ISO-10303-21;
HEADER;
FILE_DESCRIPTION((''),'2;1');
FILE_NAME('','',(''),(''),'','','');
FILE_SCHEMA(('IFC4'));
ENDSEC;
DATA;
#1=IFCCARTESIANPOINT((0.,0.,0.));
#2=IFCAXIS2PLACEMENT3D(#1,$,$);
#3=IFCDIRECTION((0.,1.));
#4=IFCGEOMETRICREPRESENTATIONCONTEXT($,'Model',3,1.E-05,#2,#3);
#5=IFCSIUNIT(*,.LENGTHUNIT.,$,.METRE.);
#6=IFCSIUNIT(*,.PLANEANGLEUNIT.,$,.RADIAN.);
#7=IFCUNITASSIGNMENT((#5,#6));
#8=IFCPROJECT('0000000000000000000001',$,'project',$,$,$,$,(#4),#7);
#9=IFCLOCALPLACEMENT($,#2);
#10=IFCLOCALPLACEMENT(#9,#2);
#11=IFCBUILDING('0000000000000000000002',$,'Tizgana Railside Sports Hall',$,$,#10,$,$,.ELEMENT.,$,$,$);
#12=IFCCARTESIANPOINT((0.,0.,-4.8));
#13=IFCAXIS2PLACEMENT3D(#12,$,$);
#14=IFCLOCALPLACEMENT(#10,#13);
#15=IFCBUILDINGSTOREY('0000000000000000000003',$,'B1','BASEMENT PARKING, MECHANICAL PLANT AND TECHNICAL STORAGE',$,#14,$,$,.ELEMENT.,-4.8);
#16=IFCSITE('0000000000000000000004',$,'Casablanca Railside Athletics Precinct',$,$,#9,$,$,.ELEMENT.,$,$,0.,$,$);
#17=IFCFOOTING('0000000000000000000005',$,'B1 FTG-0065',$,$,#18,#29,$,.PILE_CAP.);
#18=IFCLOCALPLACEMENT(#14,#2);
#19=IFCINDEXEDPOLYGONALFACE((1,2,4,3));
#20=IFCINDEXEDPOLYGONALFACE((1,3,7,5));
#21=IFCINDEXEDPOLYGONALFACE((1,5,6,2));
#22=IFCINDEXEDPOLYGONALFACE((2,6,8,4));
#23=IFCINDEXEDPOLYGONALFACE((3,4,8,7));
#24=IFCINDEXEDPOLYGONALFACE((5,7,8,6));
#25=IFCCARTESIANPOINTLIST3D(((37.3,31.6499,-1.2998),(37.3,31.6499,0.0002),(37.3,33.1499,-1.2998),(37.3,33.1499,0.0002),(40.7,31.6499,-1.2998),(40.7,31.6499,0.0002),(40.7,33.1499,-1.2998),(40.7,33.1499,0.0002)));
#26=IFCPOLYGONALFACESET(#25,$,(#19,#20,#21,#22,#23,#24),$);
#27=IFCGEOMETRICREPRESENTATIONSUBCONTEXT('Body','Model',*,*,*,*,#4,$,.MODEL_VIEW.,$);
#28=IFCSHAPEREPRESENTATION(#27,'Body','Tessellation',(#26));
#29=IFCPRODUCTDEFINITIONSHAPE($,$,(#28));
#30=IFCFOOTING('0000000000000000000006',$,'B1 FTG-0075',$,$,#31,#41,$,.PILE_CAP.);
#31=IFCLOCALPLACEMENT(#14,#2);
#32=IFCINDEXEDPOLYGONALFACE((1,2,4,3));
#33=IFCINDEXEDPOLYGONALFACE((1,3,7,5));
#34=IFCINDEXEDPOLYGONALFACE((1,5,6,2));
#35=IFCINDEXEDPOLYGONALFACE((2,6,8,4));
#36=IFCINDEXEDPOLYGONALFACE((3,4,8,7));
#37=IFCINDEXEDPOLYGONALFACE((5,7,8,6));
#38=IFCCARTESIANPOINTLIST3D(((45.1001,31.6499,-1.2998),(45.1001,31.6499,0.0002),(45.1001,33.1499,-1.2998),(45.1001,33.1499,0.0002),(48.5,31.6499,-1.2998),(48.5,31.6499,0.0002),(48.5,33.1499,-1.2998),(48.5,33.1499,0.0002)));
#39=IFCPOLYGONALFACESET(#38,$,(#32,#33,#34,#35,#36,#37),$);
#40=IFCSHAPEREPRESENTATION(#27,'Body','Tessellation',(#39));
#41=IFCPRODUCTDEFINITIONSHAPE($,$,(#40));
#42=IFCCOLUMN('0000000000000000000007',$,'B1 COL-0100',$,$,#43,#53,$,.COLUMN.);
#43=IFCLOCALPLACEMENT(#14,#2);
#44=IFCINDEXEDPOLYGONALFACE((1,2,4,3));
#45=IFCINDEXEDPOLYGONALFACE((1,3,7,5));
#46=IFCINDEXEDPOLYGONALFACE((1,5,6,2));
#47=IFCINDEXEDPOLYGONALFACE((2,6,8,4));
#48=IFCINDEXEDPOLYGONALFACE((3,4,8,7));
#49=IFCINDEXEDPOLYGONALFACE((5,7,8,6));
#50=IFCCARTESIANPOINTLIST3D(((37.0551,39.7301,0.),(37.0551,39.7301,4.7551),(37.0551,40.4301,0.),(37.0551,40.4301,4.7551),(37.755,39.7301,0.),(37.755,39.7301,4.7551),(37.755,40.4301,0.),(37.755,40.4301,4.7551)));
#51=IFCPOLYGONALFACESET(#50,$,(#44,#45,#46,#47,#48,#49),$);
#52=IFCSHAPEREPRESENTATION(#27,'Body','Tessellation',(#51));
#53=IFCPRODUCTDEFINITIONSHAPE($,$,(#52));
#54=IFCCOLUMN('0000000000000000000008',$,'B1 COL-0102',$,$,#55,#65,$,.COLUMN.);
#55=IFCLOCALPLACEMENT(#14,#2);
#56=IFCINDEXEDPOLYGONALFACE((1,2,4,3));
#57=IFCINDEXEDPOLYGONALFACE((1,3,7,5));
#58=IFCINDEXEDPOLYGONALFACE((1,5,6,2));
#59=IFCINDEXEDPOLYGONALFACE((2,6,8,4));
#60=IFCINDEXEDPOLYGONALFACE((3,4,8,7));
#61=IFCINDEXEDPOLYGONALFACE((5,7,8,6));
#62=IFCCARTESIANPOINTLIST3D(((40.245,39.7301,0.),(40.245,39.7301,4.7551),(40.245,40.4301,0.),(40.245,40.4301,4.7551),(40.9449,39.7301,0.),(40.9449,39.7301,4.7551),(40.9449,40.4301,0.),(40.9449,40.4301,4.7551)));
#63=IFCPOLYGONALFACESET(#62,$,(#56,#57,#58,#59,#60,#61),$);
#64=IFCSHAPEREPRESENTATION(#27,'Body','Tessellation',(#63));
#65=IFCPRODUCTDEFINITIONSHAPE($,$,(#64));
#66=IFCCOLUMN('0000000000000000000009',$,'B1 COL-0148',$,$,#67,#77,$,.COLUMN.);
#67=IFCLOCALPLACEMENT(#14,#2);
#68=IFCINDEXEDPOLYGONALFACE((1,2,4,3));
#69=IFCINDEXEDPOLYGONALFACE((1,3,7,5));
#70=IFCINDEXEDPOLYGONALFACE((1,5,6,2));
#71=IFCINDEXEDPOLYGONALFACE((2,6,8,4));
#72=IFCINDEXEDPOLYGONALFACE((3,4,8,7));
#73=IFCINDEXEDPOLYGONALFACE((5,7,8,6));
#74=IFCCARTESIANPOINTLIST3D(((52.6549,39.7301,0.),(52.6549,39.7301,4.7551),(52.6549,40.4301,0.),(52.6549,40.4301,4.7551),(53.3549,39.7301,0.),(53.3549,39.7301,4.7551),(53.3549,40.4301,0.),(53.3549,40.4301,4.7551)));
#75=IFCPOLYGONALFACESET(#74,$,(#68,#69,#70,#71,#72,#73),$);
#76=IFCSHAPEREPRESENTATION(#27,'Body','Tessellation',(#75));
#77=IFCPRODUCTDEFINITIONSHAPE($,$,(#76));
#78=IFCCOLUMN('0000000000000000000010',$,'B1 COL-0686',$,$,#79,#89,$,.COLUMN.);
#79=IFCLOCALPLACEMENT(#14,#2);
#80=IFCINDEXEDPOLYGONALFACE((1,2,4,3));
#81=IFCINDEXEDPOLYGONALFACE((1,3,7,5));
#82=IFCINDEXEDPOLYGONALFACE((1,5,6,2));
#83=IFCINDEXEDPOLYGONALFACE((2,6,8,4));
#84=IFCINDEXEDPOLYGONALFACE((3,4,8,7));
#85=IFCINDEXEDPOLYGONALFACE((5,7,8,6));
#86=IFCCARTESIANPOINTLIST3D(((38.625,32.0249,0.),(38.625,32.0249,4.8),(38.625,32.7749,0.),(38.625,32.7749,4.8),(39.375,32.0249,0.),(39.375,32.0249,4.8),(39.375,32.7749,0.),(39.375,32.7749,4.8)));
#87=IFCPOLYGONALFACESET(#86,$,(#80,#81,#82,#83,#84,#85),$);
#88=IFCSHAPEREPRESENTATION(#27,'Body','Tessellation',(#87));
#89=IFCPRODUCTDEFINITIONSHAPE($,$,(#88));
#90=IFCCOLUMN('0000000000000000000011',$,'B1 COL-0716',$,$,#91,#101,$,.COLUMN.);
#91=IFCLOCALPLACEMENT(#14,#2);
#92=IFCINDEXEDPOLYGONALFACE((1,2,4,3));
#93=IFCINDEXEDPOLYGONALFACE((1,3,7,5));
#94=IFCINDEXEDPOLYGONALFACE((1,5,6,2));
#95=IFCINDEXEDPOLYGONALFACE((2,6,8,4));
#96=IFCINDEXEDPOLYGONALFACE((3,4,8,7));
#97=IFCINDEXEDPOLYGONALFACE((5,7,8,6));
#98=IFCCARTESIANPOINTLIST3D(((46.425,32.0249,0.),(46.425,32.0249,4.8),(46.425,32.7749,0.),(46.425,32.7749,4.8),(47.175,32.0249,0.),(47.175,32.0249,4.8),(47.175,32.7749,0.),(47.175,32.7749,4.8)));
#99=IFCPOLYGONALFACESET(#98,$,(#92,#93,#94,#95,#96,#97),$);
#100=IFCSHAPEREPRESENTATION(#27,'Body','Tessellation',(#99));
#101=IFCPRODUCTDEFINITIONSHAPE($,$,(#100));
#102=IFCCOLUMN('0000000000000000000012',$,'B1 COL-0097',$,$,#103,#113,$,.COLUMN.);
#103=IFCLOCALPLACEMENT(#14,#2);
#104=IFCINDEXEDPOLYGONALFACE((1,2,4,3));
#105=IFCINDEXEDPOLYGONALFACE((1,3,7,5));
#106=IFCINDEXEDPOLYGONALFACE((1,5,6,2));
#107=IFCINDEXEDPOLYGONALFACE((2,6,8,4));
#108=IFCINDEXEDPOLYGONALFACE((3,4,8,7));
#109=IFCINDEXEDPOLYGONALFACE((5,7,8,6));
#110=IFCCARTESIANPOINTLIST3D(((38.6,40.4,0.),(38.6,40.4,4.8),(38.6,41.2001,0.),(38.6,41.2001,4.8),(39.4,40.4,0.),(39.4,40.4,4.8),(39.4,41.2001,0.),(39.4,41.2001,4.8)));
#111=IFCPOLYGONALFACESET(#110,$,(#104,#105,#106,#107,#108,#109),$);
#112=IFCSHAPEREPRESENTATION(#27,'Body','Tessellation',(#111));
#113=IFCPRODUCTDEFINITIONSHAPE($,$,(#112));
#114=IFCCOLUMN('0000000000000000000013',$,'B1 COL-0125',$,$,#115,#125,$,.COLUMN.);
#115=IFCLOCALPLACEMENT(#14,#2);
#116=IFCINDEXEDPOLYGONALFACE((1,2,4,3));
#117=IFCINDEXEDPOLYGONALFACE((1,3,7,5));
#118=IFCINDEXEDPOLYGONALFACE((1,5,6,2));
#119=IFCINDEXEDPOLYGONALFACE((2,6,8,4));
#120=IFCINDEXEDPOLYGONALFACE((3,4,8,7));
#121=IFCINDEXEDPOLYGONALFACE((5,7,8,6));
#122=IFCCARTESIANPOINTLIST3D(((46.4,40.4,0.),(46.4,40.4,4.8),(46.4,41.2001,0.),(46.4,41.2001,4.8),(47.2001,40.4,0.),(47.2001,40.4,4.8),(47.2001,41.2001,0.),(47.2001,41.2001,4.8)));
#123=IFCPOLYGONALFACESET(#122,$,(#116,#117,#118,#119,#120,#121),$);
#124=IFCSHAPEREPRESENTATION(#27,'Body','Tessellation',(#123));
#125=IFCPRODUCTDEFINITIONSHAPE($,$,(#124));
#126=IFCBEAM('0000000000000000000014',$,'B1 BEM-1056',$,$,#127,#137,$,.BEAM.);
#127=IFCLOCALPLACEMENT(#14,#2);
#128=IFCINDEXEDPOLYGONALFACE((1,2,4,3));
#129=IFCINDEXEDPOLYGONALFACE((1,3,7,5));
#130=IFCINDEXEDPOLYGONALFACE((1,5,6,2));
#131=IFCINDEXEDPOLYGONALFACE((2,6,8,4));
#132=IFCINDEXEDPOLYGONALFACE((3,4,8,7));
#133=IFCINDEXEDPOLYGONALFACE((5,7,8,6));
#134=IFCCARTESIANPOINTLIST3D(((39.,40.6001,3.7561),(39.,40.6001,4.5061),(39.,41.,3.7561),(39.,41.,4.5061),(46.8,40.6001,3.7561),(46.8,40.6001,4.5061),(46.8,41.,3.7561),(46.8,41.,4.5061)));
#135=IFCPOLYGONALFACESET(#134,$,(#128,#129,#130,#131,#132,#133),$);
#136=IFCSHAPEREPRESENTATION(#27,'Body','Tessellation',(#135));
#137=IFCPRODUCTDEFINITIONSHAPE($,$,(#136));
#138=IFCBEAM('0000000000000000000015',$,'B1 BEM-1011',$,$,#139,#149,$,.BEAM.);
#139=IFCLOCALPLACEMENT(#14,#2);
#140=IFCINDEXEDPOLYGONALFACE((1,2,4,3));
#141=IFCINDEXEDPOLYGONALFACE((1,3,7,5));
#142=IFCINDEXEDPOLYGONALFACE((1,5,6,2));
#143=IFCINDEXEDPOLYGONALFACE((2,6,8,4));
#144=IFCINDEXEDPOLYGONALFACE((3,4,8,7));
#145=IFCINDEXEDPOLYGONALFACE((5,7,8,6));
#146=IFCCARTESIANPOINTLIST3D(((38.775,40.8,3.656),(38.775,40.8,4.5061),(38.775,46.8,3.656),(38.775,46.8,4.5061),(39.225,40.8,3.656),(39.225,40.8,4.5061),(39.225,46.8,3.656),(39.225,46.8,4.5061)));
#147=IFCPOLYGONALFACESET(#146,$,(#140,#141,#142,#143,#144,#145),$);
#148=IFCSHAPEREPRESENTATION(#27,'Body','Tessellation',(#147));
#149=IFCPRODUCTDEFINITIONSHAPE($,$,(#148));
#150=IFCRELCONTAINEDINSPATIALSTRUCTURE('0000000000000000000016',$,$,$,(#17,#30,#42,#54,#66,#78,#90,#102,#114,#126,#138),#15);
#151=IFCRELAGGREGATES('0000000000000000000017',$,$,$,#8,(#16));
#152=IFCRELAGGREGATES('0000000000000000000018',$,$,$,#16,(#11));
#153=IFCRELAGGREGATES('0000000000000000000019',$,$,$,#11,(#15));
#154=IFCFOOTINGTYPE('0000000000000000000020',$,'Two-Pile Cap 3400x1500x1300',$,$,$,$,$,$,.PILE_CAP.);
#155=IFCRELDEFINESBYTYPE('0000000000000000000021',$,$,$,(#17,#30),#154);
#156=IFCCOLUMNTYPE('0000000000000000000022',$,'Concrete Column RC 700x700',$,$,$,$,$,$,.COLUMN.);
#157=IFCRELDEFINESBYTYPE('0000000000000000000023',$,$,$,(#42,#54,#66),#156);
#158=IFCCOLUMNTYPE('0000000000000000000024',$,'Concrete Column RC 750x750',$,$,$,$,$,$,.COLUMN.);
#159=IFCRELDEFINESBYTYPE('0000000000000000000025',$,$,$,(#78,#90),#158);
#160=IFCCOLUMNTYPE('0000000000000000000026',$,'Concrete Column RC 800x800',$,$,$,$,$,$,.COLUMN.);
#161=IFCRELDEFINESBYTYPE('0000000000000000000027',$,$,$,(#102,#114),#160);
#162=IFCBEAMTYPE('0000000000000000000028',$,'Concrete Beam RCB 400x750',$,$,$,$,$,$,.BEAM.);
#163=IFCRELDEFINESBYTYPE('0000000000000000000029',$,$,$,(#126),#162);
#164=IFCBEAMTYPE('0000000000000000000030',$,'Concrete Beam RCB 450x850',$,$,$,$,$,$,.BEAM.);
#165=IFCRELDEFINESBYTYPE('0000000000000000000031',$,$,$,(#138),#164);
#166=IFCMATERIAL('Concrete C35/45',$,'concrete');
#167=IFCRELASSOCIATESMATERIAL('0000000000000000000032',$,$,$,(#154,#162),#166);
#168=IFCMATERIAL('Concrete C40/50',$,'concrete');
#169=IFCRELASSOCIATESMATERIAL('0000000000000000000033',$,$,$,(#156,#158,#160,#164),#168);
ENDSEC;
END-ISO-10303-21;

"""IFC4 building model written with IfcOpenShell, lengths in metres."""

from ifc_helpers import new_model, si_unit, direction, frame, origin, origin_2d, place, context, subcontext, project, spatial, rectangle, extrude, material, material_profile, profile_set, type_object, element, save


model = new_model("IFC4")

# Units and contexts
model_context = context("Model", 3, precision=1e-05, world=origin(), true_north=direction((0.0, 1.0)))
body_context = subcontext(model_context, "Body", "Model", "MODEL_VIEW")
ifc_project = project(units=[si_unit("LENGTHUNIT", "METRE"), si_unit("PLANEANGLEUNIT", "RADIAN")], contexts=[model_context])

# Site, building, storey
site_placement = place(None, origin())
site = spatial("IfcSite", under=ifc_project, at=site_placement, Name="Casablanca Railside Athletics Precinct", CompositionType="ELEMENT", RefElevation=0.0)
building_placement = place(site_placement, origin())
building = spatial("IfcBuilding", under=site, at=building_placement, Name="Tizgana Railside Sports Hall", CompositionType="ELEMENT")
storey_placement = place(building_placement, frame((0.0, 0.0, -4.8)))
storey = spatial("IfcBuildingStorey", under=building, at=storey_placement, Name="B1", Description="BASEMENT PARKING, MECHANICAL PLANT AND TECHNICAL STORAGE", CompositionType="ELEMENT", Elevation=-4.8)

# Shared definitions
ifc_material_1 = material(Name="Concrete C35/45", Category="concrete")

# Footings
footing_type_1 = type_object("IfcFootingType", Name="Two-Pile Cap 3400x1500x1300", PredefinedType="PILE_CAP", material=ifc_material_1)
for number, where, z_axis, x_axis, name in (
    (1, (39.0, 32.3999, -1.2998), (0.0, 0.0, 1.0), (1.0, 0.0, 0.0), "B1 FTG-0065"),
    (2, (46.8, 32.3999, -1.2998), (0.0, 0.0, 1.0), (1.0, 0.0, 0.0), "B1 FTG-0075"),
):
    element("IfcFooting", number, at=place(storey_placement, frame(where, z_axis=z_axis, x_axis=x_axis)), inside=storey, type_object=footing_type_1, Name=name, PredefinedType="PILE_CAP", context=body_context, shape_type="SweptSolid", body=[
        extrude(rectangle(XDim=3.3999, YDim=1.5, at=origin_2d()), origin(), (0.0, 0.0, 1.0), 1.3),
    ])

# Columns
ifc_material_2 = material(Name="Concrete C40/50", Category="concrete")
ifc_material_profile_1 = material_profile(ifc_material_2, rectangle(XDim=0.7, YDim=0.7, at=origin_2d()), Name="RC 700x700")
ifc_profile_set_1 = profile_set([ifc_material_profile_1], Name="Concrete C40/50")
column_type_1 = type_object("IfcColumnType", Name="Concrete Column RC 700x700", PredefinedType="COLUMN", material=ifc_profile_set_1)
for number, where, z_axis, x_axis, name in (
    (3, (37.405, 40.0801, 0.0), (0.0, 0.0, 1.0), (1.0, 0.0, 0.0), "B1 COL-0100"),
    (4, (40.595, 40.0801, 0.0), (0.0, 0.0, 1.0), (1.0, 0.0, 0.0), "B1 COL-0102"),
    (5, (53.0049, 40.0801, 0.0), (0.0, 0.0, 1.0), (1.0, 0.0, 0.0), "B1 COL-0148"),
):
    element("IfcColumn", number, at=place(storey_placement, frame(where, z_axis=z_axis, x_axis=x_axis)), inside=storey, type_object=column_type_1, Name=name, PredefinedType="COLUMN", context=body_context, shape_type="SweptSolid", body=[
        extrude(rectangle(XDim=0.7, YDim=0.7, at=origin_2d()), origin(), (0.0, 0.0, 1.0), 4.7551),
    ])
ifc_material_profile_2 = material_profile(ifc_material_2, rectangle(XDim=0.75, YDim=0.75, at=origin_2d()), Name="RC 750x750")
ifc_profile_set_2 = profile_set([ifc_material_profile_2], Name="Concrete C40/50")
column_type_2 = type_object("IfcColumnType", Name="Concrete Column RC 750x750", PredefinedType="COLUMN", material=ifc_profile_set_2)
for number, where, z_axis, x_axis, name in (
    (6, (39.0, 32.3999, 0.0), (0.0, 0.0, 1.0), (1.0, 0.0, 0.0), "B1 COL-0686"),
    (7, (46.8, 32.3999, 0.0), (0.0, 0.0, 1.0), (1.0, 0.0, 0.0), "B1 COL-0716"),
):
    element("IfcColumn", number, at=place(storey_placement, frame(where, z_axis=z_axis, x_axis=x_axis)), inside=storey, type_object=column_type_2, Name=name, PredefinedType="COLUMN", context=body_context, shape_type="SweptSolid", body=[
        extrude(rectangle(XDim=0.75, YDim=0.75, at=origin_2d()), origin(), (0.0, 0.0, 1.0), 4.8),
    ])
ifc_material_profile_3 = material_profile(ifc_material_2, rectangle(XDim=0.8, YDim=0.8, at=origin_2d()), Name="RC 800x800")
ifc_profile_set_3 = profile_set([ifc_material_profile_3], Name="Concrete C40/50")
column_type_3 = type_object("IfcColumnType", Name="Concrete Column RC 800x800", PredefinedType="COLUMN", material=ifc_profile_set_3)
for number, where, z_axis, x_axis, name in (
    (8, (39.0, 40.8, 0.0), (0.0, 0.0, 1.0), (1.0, 0.0, 0.0), "B1 COL-0097"),
    (9, (46.8, 40.8, 0.0), (0.0, 0.0, 1.0), (1.0, 0.0, 0.0), "B1 COL-0125"),
):
    element("IfcColumn", number, at=place(storey_placement, frame(where, z_axis=z_axis, x_axis=x_axis)), inside=storey, type_object=column_type_3, Name=name, PredefinedType="COLUMN", context=body_context, shape_type="SweptSolid", body=[
        extrude(rectangle(XDim=0.8, YDim=0.8, at=origin_2d()), origin(), (0.0, 0.0, 1.0), 4.8),
    ])

# Beams
ifc_material_profile_4 = material_profile(ifc_material_1, rectangle(XDim=0.3999, YDim=0.75, at=origin_2d()), Name="RCB 400x750")
ifc_profile_set_4 = profile_set([ifc_material_profile_4], Name="Concrete C35/45")
beam_type_1 = type_object("IfcBeamType", Name="Concrete Beam RCB 400x750", PredefinedType="BEAM", material=ifc_profile_set_4)
beam_1_placement = place(storey_placement, frame((39.0, 40.8, 4.1311), z_axis=(1.0, 0.0, 0.0), x_axis=(0.0, 1.0, 0.0)))
element("IfcBeam", 10, at=beam_1_placement, inside=storey, type_object=beam_type_1, Name="B1 BEM-1056", PredefinedType="BEAM", context=body_context, shape_type="SweptSolid", body=[
    extrude(rectangle(XDim=0.3999, YDim=0.75, at=origin_2d()), origin(), (0.0, 0.0, 1.0), 7.8),
])
ifc_material_profile_5 = material_profile(ifc_material_2, rectangle(XDim=0.45, YDim=0.8501, at=origin_2d()), Name="RCB 450x850")
ifc_profile_set_5 = profile_set([ifc_material_profile_5], Name="Concrete C40/50")
beam_type_2 = type_object("IfcBeamType", Name="Concrete Beam RCB 450x850", PredefinedType="BEAM", material=ifc_profile_set_5)
beam_2_placement = place(storey_placement, frame((39.0, 40.8, 4.0811), z_axis=(0.0, 1.0, 0.0), x_axis=(-1.0, 0.0, 0.0)))
element("IfcBeam", 11, at=beam_2_placement, inside=storey, type_object=beam_type_2, Name="B1 BEM-1011", PredefinedType="BEAM", context=body_context, shape_type="SweptSolid", body=[
    extrude(rectangle(XDim=0.45, YDim=0.8501, at=origin_2d()), origin(), (0.0, 0.0, 1.0), 6.0),
])

save(model, "model.ifc")
